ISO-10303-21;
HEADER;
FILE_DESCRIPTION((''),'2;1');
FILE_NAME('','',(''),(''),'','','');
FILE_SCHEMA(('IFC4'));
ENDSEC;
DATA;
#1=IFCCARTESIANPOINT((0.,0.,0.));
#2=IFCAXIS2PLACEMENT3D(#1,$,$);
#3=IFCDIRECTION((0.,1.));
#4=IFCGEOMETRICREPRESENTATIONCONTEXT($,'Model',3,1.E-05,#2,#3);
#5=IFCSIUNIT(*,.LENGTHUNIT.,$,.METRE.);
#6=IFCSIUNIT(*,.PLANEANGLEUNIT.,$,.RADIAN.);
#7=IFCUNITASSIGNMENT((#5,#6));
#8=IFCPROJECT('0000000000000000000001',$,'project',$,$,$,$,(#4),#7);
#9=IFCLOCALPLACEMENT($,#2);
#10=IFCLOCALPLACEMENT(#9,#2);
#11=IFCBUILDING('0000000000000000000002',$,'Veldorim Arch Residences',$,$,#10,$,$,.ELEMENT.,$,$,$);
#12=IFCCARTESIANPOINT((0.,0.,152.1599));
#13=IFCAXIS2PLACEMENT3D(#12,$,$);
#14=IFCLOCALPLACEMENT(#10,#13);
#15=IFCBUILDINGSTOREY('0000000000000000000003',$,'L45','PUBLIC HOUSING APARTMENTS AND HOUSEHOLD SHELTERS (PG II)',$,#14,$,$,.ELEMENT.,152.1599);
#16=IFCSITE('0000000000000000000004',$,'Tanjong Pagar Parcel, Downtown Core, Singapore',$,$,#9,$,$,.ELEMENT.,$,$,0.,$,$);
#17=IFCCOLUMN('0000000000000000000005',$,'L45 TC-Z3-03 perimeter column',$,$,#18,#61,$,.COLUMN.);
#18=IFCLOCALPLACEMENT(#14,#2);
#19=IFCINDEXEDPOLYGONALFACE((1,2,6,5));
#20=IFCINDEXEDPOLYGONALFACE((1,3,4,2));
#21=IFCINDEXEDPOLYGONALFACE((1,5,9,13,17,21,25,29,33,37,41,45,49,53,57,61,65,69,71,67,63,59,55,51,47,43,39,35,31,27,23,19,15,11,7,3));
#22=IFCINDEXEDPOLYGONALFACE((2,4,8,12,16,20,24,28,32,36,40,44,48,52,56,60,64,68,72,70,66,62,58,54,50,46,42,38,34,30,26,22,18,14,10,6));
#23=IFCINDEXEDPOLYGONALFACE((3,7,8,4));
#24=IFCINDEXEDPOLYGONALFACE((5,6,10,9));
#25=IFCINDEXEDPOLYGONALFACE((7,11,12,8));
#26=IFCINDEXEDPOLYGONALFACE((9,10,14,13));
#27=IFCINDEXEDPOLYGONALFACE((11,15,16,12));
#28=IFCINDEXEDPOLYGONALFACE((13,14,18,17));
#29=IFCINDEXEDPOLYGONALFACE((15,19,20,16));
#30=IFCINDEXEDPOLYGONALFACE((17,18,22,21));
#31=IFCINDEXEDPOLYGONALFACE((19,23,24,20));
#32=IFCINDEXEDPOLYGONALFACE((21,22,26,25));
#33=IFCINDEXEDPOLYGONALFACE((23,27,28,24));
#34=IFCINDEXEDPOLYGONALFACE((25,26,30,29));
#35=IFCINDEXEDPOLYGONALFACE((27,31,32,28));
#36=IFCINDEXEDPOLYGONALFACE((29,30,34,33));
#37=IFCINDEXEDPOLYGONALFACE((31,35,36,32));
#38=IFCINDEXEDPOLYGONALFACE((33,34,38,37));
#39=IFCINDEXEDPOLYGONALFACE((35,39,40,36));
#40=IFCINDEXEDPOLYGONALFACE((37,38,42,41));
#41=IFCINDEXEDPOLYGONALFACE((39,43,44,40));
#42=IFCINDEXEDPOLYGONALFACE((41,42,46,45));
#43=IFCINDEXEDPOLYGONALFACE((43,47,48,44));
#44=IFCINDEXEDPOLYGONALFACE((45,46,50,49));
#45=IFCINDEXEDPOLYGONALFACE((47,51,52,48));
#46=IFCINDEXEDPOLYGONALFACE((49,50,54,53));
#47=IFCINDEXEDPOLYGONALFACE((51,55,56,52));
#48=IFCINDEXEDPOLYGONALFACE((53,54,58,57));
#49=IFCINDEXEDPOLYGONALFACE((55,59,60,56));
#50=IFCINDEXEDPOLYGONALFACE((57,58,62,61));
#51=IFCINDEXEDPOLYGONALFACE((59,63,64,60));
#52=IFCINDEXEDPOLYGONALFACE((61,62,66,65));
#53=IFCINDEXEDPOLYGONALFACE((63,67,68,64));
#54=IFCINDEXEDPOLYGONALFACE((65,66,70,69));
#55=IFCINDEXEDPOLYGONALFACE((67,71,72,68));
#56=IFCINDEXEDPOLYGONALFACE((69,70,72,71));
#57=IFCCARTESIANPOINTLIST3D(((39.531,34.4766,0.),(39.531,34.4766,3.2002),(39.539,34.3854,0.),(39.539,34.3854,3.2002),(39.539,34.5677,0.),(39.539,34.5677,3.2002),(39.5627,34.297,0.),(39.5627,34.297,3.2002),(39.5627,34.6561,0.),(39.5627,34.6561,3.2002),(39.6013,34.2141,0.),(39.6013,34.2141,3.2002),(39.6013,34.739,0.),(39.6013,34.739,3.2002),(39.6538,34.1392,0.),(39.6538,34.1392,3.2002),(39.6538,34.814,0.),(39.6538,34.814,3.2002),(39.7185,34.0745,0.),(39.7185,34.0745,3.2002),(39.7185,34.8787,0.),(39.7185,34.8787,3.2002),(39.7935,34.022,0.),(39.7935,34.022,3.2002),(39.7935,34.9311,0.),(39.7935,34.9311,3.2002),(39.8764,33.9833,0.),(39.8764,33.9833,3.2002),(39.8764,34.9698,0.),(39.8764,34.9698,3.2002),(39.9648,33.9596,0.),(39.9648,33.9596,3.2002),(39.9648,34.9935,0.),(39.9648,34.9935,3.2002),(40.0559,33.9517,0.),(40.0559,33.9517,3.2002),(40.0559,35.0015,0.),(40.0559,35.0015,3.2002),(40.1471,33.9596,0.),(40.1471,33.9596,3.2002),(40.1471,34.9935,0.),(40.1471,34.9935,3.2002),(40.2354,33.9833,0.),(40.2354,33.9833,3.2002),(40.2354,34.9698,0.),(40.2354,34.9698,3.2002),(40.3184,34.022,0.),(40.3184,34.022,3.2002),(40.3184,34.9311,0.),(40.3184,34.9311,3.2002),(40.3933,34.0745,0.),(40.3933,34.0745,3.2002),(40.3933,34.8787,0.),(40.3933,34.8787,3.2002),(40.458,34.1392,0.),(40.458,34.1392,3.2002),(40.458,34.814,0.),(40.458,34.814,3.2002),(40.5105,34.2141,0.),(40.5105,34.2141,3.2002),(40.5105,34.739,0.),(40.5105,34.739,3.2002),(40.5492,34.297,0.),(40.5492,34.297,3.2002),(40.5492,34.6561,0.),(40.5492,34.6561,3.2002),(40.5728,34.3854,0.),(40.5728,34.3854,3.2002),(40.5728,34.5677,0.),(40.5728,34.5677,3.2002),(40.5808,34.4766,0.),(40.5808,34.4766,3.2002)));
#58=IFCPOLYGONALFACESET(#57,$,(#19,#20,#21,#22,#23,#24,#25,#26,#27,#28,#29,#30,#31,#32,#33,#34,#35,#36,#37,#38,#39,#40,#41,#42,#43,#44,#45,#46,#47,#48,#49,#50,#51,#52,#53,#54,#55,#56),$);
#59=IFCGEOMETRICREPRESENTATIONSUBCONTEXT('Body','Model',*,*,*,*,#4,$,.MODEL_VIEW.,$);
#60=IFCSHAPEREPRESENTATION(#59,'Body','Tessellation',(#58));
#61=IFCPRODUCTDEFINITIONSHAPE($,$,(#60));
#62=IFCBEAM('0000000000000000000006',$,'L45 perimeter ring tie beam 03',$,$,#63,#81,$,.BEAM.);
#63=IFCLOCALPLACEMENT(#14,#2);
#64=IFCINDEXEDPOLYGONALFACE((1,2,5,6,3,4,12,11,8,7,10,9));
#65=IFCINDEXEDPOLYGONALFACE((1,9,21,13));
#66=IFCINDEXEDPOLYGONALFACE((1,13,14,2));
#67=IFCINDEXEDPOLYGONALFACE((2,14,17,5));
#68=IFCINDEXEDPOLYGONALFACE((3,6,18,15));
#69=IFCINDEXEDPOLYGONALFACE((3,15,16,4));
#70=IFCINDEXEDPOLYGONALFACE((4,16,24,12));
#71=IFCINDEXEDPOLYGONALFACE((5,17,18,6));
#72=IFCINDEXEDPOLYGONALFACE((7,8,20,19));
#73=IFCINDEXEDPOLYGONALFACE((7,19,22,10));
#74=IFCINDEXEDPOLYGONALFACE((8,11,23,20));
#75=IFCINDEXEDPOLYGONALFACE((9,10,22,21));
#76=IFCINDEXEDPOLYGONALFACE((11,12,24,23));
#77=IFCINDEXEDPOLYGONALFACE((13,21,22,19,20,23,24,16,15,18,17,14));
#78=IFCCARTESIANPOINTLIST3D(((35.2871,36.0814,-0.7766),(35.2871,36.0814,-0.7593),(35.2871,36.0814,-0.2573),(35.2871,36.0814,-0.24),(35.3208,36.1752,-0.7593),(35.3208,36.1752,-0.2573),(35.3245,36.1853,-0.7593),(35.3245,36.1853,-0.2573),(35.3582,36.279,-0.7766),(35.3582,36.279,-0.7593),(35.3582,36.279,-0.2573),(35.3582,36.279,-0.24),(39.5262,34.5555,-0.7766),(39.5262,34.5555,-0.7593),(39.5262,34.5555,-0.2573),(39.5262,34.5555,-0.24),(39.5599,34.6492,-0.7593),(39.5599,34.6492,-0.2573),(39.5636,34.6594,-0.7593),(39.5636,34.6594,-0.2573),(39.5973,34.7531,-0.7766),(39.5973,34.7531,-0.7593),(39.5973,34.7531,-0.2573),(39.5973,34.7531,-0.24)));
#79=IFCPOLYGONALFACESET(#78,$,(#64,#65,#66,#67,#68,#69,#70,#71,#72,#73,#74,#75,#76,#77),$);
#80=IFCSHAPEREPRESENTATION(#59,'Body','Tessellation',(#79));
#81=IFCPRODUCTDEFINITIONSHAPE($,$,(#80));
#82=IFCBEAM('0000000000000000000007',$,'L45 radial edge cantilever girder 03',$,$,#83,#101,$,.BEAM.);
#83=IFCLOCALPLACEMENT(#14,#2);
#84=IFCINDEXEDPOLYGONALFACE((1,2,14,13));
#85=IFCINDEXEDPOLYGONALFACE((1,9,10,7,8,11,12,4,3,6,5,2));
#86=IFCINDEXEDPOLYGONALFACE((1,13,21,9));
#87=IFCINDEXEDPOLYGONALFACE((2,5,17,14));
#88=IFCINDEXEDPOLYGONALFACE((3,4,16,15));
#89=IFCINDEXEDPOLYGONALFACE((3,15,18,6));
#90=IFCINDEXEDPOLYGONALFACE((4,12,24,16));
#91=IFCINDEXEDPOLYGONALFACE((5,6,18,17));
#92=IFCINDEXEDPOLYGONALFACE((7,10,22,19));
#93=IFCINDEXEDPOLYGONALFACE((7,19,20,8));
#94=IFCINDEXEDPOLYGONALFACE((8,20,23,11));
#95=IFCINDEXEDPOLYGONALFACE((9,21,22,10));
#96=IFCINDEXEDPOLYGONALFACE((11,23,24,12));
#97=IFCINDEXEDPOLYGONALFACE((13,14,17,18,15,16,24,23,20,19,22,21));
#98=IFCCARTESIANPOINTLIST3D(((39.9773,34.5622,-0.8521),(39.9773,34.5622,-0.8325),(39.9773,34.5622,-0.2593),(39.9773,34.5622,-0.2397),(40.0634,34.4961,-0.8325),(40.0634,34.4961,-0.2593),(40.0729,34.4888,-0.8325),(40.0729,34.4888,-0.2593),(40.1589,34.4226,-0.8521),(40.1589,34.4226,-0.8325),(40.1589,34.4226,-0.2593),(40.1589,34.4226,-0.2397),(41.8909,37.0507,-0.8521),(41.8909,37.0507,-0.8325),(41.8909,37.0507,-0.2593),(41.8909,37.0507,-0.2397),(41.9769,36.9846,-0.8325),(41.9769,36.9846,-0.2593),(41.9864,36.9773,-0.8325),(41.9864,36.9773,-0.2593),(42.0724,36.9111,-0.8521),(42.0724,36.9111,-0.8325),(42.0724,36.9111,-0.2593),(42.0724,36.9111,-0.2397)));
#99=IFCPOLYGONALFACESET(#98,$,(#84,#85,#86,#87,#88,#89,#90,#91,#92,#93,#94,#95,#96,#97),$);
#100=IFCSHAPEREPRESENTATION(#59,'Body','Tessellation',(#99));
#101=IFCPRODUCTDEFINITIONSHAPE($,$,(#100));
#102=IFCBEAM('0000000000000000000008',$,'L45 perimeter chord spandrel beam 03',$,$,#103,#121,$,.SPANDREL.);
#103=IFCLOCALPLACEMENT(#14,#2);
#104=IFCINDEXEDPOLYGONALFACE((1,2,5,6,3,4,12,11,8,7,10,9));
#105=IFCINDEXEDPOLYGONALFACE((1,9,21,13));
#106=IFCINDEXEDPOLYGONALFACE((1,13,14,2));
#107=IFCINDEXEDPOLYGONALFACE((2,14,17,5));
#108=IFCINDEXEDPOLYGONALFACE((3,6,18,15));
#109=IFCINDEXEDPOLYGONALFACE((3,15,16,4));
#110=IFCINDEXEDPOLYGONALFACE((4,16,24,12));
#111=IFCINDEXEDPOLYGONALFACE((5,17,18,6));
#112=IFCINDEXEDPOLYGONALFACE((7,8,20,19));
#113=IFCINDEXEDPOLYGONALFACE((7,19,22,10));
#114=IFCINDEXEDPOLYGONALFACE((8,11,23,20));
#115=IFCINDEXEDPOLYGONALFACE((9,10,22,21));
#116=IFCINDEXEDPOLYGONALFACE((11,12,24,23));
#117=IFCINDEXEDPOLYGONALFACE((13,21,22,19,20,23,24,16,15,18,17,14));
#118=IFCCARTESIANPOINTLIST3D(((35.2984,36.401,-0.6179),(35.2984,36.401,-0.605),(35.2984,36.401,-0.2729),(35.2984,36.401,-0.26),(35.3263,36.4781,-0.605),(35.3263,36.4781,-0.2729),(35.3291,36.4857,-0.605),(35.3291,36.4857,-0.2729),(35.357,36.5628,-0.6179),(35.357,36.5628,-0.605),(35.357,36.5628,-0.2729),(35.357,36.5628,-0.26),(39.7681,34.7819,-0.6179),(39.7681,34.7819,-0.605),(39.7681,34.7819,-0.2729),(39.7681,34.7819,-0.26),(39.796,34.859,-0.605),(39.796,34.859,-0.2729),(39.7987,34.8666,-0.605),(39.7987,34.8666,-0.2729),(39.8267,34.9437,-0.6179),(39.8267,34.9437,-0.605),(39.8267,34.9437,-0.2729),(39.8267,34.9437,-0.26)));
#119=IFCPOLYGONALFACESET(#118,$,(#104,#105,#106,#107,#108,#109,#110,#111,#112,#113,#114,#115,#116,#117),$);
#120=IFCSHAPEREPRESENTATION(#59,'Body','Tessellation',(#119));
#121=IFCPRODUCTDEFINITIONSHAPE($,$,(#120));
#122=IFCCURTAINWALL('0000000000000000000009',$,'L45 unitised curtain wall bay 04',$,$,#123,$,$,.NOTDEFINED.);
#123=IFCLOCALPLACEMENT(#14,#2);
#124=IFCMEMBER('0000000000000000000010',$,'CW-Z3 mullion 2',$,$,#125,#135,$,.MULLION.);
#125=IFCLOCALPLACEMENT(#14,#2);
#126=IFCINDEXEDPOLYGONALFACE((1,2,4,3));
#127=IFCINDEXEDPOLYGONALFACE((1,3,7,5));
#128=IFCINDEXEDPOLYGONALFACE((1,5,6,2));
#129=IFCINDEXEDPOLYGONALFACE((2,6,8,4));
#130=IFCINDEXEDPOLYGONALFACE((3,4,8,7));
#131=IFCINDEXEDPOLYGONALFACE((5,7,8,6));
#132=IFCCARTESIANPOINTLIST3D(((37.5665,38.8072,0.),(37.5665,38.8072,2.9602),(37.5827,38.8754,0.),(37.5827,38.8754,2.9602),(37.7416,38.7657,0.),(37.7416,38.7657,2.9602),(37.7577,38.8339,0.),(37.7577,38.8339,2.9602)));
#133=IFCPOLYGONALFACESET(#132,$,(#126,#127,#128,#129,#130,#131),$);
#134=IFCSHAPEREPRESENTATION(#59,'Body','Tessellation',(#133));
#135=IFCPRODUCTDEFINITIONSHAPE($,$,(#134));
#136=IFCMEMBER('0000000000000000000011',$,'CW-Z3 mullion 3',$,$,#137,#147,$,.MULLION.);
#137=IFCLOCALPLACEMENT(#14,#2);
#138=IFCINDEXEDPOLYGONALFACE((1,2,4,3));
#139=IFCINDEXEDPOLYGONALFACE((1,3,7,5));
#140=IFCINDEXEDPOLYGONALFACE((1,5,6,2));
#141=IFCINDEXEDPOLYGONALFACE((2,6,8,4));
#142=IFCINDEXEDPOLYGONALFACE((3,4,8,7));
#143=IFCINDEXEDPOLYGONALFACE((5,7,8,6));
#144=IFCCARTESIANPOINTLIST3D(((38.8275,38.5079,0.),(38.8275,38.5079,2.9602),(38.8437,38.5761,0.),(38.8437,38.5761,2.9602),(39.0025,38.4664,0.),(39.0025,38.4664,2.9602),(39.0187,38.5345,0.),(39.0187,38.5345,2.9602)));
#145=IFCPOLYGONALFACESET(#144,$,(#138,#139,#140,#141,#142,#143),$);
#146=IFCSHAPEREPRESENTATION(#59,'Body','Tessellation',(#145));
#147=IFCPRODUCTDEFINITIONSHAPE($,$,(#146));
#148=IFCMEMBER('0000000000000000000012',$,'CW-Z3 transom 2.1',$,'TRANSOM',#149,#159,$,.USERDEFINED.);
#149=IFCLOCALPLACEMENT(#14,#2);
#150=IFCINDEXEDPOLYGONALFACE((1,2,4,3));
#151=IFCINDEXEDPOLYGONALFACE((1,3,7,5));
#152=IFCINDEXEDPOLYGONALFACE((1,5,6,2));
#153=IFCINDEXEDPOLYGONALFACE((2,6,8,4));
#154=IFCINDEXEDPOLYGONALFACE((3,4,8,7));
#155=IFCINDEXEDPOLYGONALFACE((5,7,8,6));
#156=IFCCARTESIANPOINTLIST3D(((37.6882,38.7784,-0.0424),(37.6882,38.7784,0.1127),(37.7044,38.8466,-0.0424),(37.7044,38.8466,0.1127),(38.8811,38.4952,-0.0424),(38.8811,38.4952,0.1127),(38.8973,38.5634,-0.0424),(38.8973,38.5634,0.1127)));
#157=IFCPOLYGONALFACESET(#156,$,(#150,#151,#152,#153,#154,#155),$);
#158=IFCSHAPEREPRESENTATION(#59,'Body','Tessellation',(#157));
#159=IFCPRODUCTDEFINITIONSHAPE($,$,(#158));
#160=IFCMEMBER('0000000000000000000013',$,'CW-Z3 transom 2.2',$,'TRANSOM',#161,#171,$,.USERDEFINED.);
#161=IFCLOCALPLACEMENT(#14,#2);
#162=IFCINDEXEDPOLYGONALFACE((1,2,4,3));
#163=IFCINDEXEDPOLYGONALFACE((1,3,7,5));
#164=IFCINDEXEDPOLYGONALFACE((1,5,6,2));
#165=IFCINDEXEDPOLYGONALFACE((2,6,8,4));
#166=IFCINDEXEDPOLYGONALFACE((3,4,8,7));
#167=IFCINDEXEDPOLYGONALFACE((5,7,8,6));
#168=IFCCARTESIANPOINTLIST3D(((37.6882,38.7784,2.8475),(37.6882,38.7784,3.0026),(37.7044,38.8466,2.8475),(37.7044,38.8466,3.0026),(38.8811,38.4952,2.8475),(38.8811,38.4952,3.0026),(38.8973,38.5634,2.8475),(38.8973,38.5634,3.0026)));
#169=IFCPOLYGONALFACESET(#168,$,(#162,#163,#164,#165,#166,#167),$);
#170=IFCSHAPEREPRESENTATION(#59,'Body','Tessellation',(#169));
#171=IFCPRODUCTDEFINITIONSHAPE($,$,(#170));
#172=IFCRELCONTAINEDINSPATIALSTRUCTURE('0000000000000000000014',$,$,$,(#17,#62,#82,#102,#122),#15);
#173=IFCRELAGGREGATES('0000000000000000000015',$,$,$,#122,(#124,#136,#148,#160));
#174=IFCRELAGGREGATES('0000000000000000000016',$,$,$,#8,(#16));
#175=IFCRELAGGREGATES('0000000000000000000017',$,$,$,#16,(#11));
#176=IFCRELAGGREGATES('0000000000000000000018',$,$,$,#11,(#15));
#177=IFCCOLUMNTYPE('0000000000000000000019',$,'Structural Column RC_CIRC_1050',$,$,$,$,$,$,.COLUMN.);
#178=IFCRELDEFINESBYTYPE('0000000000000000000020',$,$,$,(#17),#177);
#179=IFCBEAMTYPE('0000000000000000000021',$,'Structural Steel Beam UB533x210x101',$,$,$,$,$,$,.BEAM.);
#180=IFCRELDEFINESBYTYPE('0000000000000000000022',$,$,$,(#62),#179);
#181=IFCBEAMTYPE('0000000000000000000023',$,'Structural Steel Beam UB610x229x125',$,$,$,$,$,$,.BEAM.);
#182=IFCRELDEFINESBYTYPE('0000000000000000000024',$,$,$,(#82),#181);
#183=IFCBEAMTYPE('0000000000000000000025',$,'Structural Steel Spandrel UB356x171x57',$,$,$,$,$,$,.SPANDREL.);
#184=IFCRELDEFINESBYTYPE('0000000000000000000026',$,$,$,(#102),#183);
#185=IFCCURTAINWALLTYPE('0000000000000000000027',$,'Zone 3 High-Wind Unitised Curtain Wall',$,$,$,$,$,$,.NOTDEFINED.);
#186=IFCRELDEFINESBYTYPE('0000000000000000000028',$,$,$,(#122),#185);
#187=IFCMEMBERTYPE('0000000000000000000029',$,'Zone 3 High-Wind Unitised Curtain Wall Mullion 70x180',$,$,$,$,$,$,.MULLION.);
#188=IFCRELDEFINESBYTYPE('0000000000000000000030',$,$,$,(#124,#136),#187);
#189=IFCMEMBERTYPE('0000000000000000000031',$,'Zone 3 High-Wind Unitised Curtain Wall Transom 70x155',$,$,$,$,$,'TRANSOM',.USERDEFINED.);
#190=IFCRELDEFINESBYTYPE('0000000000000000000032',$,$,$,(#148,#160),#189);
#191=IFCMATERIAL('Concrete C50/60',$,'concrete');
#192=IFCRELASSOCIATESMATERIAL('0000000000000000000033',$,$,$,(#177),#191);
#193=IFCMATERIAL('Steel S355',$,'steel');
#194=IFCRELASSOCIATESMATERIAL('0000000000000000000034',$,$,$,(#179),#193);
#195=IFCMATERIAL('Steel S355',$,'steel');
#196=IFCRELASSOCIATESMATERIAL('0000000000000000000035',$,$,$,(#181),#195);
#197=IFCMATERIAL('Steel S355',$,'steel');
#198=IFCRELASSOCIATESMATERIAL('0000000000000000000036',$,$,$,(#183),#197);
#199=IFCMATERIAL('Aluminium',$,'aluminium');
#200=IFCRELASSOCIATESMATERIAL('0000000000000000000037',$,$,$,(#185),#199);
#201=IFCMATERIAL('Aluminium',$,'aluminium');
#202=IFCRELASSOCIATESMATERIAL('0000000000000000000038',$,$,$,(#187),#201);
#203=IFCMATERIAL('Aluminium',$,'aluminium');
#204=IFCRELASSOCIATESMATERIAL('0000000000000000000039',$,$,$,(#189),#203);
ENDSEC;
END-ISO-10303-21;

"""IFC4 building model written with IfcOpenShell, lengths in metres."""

from ifc_helpers import new_model, si_unit, direction, frame, origin, origin_2d, place, context, subcontext, project, spatial, rectangle, circle, i_section, extrude, material, material_profile, profile_set, type_object, element, aggregate, save


model = new_model("IFC4")

# Units and contexts
model_context = context("Model", 3, precision=1e-05, world=origin(), true_north=direction((0.0, 1.0)))
body_context = subcontext(model_context, "Body", "Model", "MODEL_VIEW")
ifc_project = project(units=[si_unit("LENGTHUNIT", "METRE"), si_unit("PLANEANGLEUNIT", "RADIAN")], contexts=[model_context])

# Site, building, storey
site_placement = place(None, origin())
site = spatial("IfcSite", under=ifc_project, at=site_placement, Name="Tanjong Pagar Parcel, Downtown Core, Singapore", CompositionType="ELEMENT", RefElevation=0.0)
building_placement = place(site_placement, origin())
building = spatial("IfcBuilding", under=site, at=building_placement, Name="Veldorim Arch Residences", CompositionType="ELEMENT")
storey_placement = place(building_placement, frame((0.0, 0.0, 152.1599)))
storey = spatial("IfcBuildingStorey", under=building, at=storey_placement, Name="L45", Description="PUBLIC HOUSING APARTMENTS AND HOUSEHOLD SHELTERS (PG II)", CompositionType="ELEMENT", Elevation=152.1599)

# Column
ifc_material_1 = material(Name="Concrete C50/60", Category="concrete")
ifc_material_profile_1 = material_profile(ifc_material_1, circle(Radius=0.5249, at=origin_2d()), Name="RC_CIRC_1050")
ifc_profile_set_1 = profile_set([ifc_material_profile_1], Name="Concrete C50/60")
column_type = type_object("IfcColumnType", Name="Structural Column RC_CIRC_1050", PredefinedType="COLUMN", material=ifc_profile_set_1)
column_placement = place(storey_placement, frame((40.0559, 34.4766, 0.0), z_axis=(0.0, 0.0, 1.0), x_axis=(1.0, 0.0, 0.0)))
element("IfcColumn", 1, at=column_placement, inside=storey, type_object=column_type, Name="L45 TC-Z3-03 perimeter column", PredefinedType="COLUMN", context=body_context, shape_type="SweptSolid", body=[
    extrude(circle(Radius=0.5249, at=origin_2d()), origin(), (0.0, 0.0, 1.0), 3.2002),
])

# Beams
ifc_material_2 = material(Name="Steel S355", Category="steel")
ifc_material_profile_2 = material_profile(ifc_material_2, i_section(OverallWidth=0.21, OverallDepth=0.5366, WebThickness=0.0107, FlangeThickness=0.0173, at=origin_2d()), Name="UB533x210x101")
ifc_profile_set_2 = profile_set([ifc_material_profile_2], Name="Steel S355")
beam_type_1 = type_object("IfcBeamType", Name="Structural Steel Beam UB533x210x101", PredefinedType="BEAM", material=ifc_profile_set_2)
beam_1_placement = place(storey_placement, frame((39.5618, 34.6543, -0.5083), z_axis=(-0.940899, 0.338687, 0.0), x_axis=(-0.338687, -0.940899, 0.0)))
element("IfcBeam", 2, at=beam_1_placement, inside=storey, type_object=beam_type_1, Name="L45 perimeter ring tie beam 03", PredefinedType="BEAM", context=body_context, shape_type="SweptSolid", body=[
    extrude(i_section(OverallWidth=0.21, OverallDepth=0.5366, WebThickness=0.0107, FlangeThickness=0.0173, at=origin_2d()), origin(), (0.0, 0.0, 1.0), 4.5054),
])
ifc_material_3 = material(Name="Steel S355", Category="steel")
ifc_material_profile_3 = material_profile(ifc_material_3, i_section(OverallWidth=0.229, OverallDepth=0.6123, WebThickness=0.012, FlangeThickness=0.0195, at=origin_2d()), Name="UB610x229x125")
ifc_profile_set_3 = profile_set([ifc_material_profile_3], Name="Steel S355")
beam_type_2 = type_object("IfcBeamType", Name="Structural Steel Beam UB610x229x125", PredefinedType="BEAM", material=ifc_profile_set_3)
beam_2_placement = place(storey_placement, frame((40.0681, 34.4924, -0.5459), z_axis=(0.609575, 0.792728, 0.0), x_axis=(-0.792728, 0.609575, 0.0)))
element("IfcBeam", 3, at=beam_2_placement, inside=storey, type_object=beam_type_2, Name="L45 radial edge cantilever girder 03", PredefinedType="BEAM", context=body_context, shape_type="SweptSolid", body=[
    extrude(i_section(OverallWidth=0.229, OverallDepth=0.6123, WebThickness=0.012, FlangeThickness=0.0195, at=origin_2d()), origin(), (0.0, 0.0, 1.0), 3.1392),
])
ifc_material_4 = material(Name="Steel S355", Category="steel")
ifc_material_profile_4 = material_profile(ifc_material_4, i_section(OverallWidth=0.1721, OverallDepth=0.3579, WebThickness=0.0081, FlangeThickness=0.0129, at=origin_2d()), Name="UB356x171x57")
ifc_profile_set_4 = profile_set([ifc_material_profile_4], Name="Steel S355")
beam_type_3 = type_object("IfcBeamType", Name="Structural Steel Spandrel UB356x171x57", PredefinedType="SPANDREL", material=ifc_profile_set_4)
beam_3_placement = place(storey_placement, frame((39.7974, 34.8628, -0.439), z_axis=(-0.940213, 0.340588, 0.0), x_axis=(-0.340588, -0.940213, 0.0)))
element("IfcBeam", 4, at=beam_3_placement, inside=storey, type_object=beam_type_3, Name="L45 perimeter chord spandrel beam 03", PredefinedType="SPANDREL", context=body_context, shape_type="SweptSolid", body=[
    extrude(i_section(OverallWidth=0.1721, OverallDepth=0.3579, WebThickness=0.0081, FlangeThickness=0.0129, at=origin_2d()), origin(), (0.0, 0.0, 1.0), 4.7539),
])

# Curtain wall, members
ifc_material_5 = material(Name="Aluminium", Category="aluminium")
curtain_wall_type = type_object("IfcCurtainWallType", Name="Zone 3 High-Wind Unitised Curtain Wall", PredefinedType="NOTDEFINED", material=ifc_material_5)
curtain_wall_placement = place(storey_placement, origin())
curtain_wall = element("IfcCurtainWall", 5, at=curtain_wall_placement, inside=storey, type_object=curtain_wall_type, Name="L45 unitised curtain wall bay 04", PredefinedType="NOTDEFINED")
ifc_material_6 = material(Name="Aluminium", Category="aluminium")
ifc_material_profile_5 = material_profile(ifc_material_6, rectangle(XDim=0.0701, YDim=0.1799, at=origin_2d()), Name="ALU_MUL_70x180")
ifc_profile_set_5 = profile_set([ifc_material_profile_5], Name="Aluminium")
member_type_1 = type_object("IfcMemberType", Name="Zone 3 High-Wind Unitised Curtain Wall Mullion 70x180", PredefinedType="MULLION", material=ifc_profile_set_5)
member_1_placement = place(storey_placement, frame((37.6621, 38.8206, 0.0), z_axis=(0.0, 0.0, 1.0), x_axis=(0.230957, 0.972964, 0.0)))
member_1 = element("IfcMember", 6, at=member_1_placement, type_object=member_type_1, Name="CW-Z3 mullion 2", PredefinedType="MULLION", context=body_context, shape_type="SweptSolid", body=[
    extrude(rectangle(XDim=0.0701, YDim=0.1799, at=origin_2d()), origin(), (0.0, 0.0, 1.0), 2.9602),
])
member_2_placement = place(storey_placement, frame((38.9231, 38.5212, 0.0), z_axis=(0.0, 0.0, 1.0), x_axis=(0.230957, 0.972964, 0.0)))
member_2 = element("IfcMember", 7, at=member_2_placement, type_object=member_type_1, Name="CW-Z3 mullion 3", PredefinedType="MULLION", context=body_context, shape_type="SweptSolid", body=[
    extrude(rectangle(XDim=0.0701, YDim=0.1799, at=origin_2d()), origin(), (0.0, 0.0, 1.0), 2.9602),
])
ifc_material_7 = material(Name="Aluminium", Category="aluminium")
ifc_material_profile_6 = material_profile(ifc_material_7, rectangle(XDim=0.0701, YDim=0.155, at=origin_2d()), Name="ALU_TRN_70x155")
ifc_profile_set_6 = profile_set([ifc_material_profile_6], Name="Aluminium")
member_type_2 = type_object("IfcMemberType", Name="Zone 3 High-Wind Unitised Curtain Wall Transom 70x155", ElementType="TRANSOM", PredefinedType="USERDEFINED", material=ifc_profile_set_6)
member_3_placement = place(storey_placement, frame((37.6963, 38.8125, 0.0352), z_axis=(0.972956, -0.230992, 0.0), x_axis=(0.230992, 0.972956, 0.0)))
member_3 = element("IfcMember", 8, at=member_3_placement, type_object=member_type_2, Name="CW-Z3 transom 2.1", ObjectType="TRANSOM", PredefinedType="USERDEFINED", context=body_context, shape_type="SweptSolid", body=[
    extrude(rectangle(XDim=0.0701, YDim=0.155, at=origin_2d()), origin(), (0.0, 0.0, 1.0), 1.2261),
])
member_4_placement = place(storey_placement, frame((37.6963, 38.8125, 2.925), z_axis=(0.972956, -0.230992, 0.0), x_axis=(0.230992, 0.972956, 0.0)))
member_4 = element("IfcMember", 9, at=member_4_placement, type_object=member_type_2, Name="CW-Z3 transom 2.2", ObjectType="TRANSOM", PredefinedType="USERDEFINED", context=body_context, shape_type="SweptSolid", body=[
    extrude(rectangle(XDim=0.0701, YDim=0.155, at=origin_2d()), origin(), (0.0, 0.0, 1.0), 1.2261),
])
aggregate(curtain_wall, [member_1, member_2, member_3, member_4])

save(model, "model.ifc")
